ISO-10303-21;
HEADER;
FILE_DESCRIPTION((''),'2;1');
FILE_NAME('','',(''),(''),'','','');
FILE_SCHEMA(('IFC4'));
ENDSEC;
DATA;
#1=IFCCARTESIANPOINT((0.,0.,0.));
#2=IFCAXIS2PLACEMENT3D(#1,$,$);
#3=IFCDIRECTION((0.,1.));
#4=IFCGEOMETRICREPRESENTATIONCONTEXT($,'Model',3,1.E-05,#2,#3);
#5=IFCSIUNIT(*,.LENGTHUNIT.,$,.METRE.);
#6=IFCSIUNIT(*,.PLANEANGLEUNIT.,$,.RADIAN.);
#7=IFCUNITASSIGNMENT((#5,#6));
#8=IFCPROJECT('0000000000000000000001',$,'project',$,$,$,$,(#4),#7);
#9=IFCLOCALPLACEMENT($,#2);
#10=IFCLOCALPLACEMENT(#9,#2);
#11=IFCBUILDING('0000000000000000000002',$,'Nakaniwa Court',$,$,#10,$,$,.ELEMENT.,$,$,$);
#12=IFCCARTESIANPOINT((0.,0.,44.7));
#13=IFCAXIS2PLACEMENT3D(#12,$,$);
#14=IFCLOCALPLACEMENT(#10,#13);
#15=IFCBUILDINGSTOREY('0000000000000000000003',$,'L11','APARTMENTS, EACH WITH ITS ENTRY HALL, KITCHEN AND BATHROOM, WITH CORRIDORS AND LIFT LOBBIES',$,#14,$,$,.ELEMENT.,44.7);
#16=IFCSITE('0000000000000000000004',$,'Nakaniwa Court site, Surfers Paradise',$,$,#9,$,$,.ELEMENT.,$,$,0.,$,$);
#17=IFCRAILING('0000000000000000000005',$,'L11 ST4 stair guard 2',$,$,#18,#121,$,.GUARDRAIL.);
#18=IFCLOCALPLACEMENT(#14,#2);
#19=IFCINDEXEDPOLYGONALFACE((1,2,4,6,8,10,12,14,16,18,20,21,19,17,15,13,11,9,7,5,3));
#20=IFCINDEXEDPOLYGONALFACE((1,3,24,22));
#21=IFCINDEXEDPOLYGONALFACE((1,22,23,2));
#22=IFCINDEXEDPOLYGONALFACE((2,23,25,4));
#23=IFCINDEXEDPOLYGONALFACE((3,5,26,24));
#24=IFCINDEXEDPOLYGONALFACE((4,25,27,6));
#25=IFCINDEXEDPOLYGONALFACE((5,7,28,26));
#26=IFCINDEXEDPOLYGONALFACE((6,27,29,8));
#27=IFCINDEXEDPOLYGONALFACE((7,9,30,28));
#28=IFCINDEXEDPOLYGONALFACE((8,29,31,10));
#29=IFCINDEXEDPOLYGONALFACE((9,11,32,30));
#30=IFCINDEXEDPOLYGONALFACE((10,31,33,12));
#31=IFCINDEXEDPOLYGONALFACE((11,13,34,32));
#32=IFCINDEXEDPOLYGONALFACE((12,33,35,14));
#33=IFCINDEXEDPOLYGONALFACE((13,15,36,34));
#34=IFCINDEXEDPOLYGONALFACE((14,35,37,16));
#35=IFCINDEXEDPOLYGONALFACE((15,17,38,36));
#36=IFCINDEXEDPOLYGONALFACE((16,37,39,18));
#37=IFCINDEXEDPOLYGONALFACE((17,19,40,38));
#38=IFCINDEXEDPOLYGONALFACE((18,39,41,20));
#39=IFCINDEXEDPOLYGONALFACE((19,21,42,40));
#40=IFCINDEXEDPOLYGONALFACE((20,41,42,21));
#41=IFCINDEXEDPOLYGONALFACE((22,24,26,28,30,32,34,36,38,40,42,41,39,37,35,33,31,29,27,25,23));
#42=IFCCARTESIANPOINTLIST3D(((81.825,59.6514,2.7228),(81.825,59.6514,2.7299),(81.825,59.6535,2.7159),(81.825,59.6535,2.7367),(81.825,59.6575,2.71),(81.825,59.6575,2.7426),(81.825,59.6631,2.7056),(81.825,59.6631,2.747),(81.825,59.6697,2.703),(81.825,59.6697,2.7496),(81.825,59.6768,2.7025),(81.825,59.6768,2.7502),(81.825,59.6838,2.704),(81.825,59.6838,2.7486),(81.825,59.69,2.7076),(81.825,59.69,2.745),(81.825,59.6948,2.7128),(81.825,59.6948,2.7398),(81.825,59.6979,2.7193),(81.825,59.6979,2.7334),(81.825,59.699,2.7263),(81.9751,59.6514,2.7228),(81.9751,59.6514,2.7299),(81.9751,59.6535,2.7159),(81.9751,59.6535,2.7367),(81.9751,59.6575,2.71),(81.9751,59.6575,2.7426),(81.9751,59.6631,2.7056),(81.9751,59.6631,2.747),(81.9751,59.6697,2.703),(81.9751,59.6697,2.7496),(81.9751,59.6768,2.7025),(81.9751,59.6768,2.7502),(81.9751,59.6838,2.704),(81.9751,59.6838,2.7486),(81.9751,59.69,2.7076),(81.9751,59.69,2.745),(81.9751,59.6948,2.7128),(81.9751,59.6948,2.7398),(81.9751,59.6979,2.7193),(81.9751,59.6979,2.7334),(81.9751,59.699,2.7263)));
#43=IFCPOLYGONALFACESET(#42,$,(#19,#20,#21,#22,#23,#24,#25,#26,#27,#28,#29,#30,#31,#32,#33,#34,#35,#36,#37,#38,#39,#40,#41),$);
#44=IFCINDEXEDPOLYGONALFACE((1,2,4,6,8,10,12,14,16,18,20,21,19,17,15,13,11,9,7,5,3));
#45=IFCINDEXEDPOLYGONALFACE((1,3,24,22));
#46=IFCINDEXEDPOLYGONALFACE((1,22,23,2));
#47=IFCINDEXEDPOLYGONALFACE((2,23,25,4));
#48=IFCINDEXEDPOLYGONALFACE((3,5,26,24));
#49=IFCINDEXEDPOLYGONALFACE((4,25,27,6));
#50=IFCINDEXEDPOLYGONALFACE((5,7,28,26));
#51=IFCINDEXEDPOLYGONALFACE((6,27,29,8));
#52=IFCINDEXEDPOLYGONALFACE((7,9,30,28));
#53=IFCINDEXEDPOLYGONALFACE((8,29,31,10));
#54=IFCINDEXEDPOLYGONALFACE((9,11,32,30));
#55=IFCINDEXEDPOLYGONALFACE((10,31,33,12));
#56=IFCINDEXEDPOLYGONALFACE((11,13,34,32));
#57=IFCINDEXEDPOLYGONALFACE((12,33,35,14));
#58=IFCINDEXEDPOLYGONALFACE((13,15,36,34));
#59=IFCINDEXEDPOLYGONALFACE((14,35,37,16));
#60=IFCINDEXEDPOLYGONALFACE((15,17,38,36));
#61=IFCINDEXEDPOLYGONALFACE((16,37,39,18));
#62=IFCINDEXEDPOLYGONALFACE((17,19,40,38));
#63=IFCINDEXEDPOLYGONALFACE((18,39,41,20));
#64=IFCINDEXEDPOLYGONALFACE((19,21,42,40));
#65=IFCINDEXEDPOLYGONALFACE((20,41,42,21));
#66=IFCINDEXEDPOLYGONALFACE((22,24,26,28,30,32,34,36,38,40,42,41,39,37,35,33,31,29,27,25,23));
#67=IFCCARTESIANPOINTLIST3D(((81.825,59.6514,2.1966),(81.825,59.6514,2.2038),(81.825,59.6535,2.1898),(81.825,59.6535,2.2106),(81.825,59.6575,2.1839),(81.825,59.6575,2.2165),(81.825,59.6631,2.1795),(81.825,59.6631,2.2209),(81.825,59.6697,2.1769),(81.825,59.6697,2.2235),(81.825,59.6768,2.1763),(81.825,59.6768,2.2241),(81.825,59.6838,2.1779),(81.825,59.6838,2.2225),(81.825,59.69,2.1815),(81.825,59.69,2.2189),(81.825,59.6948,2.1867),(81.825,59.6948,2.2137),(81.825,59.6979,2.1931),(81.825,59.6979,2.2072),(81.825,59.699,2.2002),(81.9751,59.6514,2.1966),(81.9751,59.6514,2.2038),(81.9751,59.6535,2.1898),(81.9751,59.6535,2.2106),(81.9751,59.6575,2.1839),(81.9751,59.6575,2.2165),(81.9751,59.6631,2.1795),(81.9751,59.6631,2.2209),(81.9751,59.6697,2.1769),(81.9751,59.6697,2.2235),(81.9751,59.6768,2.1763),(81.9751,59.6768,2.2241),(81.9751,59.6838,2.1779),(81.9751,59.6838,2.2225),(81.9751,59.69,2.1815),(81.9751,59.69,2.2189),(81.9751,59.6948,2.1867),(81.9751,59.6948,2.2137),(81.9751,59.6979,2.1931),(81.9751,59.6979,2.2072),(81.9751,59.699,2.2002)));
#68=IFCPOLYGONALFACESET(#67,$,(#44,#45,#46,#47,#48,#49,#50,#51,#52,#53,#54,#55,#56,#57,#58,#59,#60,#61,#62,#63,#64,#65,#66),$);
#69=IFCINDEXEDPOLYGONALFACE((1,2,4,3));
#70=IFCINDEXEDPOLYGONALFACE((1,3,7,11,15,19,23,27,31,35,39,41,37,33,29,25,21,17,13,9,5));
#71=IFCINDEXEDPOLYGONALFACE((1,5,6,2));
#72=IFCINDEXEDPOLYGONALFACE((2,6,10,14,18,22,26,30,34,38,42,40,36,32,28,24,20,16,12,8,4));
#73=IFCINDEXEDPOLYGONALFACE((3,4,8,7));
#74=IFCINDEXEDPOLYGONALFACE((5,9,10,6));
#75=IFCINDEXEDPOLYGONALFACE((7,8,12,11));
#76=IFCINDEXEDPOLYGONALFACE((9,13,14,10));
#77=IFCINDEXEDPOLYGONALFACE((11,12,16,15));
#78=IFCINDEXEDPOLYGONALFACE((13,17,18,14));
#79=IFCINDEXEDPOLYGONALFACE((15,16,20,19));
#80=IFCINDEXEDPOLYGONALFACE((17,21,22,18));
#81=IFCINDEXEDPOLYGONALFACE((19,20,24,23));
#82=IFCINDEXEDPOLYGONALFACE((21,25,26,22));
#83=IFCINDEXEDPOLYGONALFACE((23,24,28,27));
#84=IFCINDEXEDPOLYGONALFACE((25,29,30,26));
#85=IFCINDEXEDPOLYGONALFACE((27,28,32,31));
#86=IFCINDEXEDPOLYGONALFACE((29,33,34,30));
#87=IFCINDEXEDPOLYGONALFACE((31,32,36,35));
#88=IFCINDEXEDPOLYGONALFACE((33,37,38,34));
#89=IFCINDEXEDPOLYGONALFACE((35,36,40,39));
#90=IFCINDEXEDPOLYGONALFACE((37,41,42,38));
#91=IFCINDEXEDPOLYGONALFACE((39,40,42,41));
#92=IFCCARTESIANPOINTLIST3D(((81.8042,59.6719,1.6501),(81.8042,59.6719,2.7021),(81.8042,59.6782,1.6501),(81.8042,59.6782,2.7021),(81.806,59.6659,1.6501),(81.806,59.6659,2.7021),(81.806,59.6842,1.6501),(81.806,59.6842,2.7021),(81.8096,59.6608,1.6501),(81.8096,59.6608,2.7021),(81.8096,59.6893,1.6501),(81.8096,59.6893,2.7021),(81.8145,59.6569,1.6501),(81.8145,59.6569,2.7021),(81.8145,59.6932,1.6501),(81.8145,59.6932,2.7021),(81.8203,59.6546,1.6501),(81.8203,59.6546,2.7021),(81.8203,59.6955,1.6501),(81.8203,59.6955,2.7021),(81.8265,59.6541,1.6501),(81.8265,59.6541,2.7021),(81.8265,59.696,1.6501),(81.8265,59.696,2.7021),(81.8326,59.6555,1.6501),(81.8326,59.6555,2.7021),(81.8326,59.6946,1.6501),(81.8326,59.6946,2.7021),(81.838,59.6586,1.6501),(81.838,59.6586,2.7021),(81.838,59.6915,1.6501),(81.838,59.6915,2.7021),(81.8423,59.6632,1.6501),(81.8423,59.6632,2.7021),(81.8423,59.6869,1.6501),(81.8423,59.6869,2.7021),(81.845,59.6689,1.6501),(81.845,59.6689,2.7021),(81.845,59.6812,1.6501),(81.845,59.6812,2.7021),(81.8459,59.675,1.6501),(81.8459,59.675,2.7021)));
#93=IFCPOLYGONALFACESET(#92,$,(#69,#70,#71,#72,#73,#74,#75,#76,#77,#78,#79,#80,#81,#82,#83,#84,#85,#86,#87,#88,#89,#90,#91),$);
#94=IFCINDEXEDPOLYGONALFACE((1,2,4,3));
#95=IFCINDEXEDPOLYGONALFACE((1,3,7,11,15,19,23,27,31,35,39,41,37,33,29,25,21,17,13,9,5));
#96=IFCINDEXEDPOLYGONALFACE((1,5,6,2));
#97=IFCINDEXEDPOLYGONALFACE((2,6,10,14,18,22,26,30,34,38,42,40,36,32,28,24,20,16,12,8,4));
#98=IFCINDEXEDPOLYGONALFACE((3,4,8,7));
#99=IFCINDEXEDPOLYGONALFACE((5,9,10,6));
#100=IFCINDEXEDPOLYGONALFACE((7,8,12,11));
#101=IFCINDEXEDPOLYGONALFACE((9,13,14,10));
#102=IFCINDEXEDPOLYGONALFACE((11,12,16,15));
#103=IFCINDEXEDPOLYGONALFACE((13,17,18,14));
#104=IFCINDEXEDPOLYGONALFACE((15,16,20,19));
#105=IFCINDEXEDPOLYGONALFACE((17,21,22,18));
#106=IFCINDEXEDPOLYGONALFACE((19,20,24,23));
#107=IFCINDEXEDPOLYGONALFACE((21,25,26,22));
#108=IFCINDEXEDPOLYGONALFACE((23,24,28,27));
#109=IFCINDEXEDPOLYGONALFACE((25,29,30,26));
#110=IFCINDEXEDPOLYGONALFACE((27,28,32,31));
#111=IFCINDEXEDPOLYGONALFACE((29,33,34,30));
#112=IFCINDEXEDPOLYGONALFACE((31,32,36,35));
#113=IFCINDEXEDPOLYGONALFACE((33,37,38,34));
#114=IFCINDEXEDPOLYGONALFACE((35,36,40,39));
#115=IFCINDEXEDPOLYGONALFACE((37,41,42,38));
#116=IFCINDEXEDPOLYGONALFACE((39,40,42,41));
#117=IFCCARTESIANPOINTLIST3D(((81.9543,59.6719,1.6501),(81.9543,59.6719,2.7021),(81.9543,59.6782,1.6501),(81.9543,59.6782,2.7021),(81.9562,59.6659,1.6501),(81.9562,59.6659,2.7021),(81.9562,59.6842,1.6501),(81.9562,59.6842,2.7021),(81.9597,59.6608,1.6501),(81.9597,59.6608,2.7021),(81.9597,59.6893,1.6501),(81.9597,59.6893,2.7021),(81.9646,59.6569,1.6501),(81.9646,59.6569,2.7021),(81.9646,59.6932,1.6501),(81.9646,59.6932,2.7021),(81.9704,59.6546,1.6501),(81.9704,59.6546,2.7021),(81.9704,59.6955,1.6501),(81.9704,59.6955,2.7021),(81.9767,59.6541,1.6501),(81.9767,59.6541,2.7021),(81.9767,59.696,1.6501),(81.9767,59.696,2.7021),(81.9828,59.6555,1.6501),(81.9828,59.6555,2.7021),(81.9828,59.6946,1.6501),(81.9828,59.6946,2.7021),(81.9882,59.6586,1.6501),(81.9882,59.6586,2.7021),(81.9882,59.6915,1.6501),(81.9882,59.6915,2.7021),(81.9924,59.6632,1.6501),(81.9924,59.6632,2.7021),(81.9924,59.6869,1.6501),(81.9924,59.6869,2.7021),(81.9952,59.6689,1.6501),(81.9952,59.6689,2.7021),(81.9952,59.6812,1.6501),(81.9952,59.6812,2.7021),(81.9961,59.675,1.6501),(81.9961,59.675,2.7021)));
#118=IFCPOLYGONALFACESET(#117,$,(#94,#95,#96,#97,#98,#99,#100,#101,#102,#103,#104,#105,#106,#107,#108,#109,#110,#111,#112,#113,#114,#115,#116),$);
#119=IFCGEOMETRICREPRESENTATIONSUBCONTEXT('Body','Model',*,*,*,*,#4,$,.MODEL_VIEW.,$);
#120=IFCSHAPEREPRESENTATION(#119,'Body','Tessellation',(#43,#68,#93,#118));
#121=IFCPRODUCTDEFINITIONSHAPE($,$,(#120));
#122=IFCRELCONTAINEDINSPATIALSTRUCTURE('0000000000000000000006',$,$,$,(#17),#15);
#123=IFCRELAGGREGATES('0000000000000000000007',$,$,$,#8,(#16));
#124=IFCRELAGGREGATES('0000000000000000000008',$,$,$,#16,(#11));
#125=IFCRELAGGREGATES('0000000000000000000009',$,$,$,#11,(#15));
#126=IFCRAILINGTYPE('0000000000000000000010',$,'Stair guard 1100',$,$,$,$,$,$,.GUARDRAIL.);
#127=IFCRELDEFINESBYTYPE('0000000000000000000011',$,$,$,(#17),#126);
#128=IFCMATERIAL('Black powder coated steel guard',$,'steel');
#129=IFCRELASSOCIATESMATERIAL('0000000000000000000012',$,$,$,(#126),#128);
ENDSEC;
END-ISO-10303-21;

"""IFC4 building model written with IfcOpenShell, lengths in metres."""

from ifc_helpers import new_model, si_unit, direction, frame, origin, origin_2d, place, context, subcontext, project, spatial, circle, extrude, material, type_object, element, save


model = new_model("IFC4")

# Units and contexts
model_context = context("Model", 3, precision=1e-05, world=origin(), true_north=direction((0.0, 1.0)))
body_context = subcontext(model_context, "Body", "Model", "MODEL_VIEW")
ifc_project = project(units=[si_unit("LENGTHUNIT", "METRE"), si_unit("PLANEANGLEUNIT", "RADIAN")], contexts=[model_context])

# Site, building, storey
site_placement = place(None, origin())
site = spatial("IfcSite", under=ifc_project, at=site_placement, Name="Nakaniwa Court site, Surfers Paradise", CompositionType="ELEMENT", RefElevation=0.0)
building_placement = place(site_placement, origin())
building = spatial("IfcBuilding", under=site, at=building_placement, Name="Nakaniwa Court", CompositionType="ELEMENT")
storey_placement = place(building_placement, frame((0.0, 0.0, 44.7)))
storey = spatial("IfcBuildingStorey", under=building, at=storey_placement, Name="L11", Description="APARTMENTS, EACH WITH ITS ENTRY HALL, KITCHEN AND BATHROOM, WITH CORRIDORS AND LIFT LOBBIES", CompositionType="ELEMENT", Elevation=44.7)

# Railing
ifc_material_1 = material(Name="Black powder coated steel guard", Category="steel")
railing_type_1 = type_object("IfcRailingType", Name="Stair guard 1100", PredefinedType="GUARDRAIL", material=ifc_material_1)
railing_1_placement = place(storey_placement, frame((81.825, 59.675, 1.6501)))
element("IfcRailing", 1, at=railing_1_placement, inside=storey, type_object=railing_type_1, Name="L11 ST4 stair guard 2", PredefinedType="GUARDRAIL", context=body_context, shape_type="SweptSolid", body=[
    extrude(circle(Radius=0.0239, at=origin_2d()), frame((0.0, 0.0, 1.0762), z_axis=(1.0, 0.0, 0.0), x_axis=(0.0, 1.0, 0.0)), (0.0, 0.0, 1.0), 0.1501),
    extrude(circle(Radius=0.0239, at=origin_2d()), frame((0.0, 0.0, 0.55), z_axis=(1.0, 0.0, 0.0), x_axis=(0.0, 1.0, 0.0)), (0.0, 0.0, 1.0), 0.1501),
    extrude(circle(Radius=0.021, at=origin_2d()), origin(), (0.0, 0.0, 1.0), 1.052),
    extrude(circle(Radius=0.021, at=origin_2d()), frame((0.1501, 0.0, 0.0)), (0.0, 0.0, 1.0), 1.052),
])

save(model, "model.ifc")
